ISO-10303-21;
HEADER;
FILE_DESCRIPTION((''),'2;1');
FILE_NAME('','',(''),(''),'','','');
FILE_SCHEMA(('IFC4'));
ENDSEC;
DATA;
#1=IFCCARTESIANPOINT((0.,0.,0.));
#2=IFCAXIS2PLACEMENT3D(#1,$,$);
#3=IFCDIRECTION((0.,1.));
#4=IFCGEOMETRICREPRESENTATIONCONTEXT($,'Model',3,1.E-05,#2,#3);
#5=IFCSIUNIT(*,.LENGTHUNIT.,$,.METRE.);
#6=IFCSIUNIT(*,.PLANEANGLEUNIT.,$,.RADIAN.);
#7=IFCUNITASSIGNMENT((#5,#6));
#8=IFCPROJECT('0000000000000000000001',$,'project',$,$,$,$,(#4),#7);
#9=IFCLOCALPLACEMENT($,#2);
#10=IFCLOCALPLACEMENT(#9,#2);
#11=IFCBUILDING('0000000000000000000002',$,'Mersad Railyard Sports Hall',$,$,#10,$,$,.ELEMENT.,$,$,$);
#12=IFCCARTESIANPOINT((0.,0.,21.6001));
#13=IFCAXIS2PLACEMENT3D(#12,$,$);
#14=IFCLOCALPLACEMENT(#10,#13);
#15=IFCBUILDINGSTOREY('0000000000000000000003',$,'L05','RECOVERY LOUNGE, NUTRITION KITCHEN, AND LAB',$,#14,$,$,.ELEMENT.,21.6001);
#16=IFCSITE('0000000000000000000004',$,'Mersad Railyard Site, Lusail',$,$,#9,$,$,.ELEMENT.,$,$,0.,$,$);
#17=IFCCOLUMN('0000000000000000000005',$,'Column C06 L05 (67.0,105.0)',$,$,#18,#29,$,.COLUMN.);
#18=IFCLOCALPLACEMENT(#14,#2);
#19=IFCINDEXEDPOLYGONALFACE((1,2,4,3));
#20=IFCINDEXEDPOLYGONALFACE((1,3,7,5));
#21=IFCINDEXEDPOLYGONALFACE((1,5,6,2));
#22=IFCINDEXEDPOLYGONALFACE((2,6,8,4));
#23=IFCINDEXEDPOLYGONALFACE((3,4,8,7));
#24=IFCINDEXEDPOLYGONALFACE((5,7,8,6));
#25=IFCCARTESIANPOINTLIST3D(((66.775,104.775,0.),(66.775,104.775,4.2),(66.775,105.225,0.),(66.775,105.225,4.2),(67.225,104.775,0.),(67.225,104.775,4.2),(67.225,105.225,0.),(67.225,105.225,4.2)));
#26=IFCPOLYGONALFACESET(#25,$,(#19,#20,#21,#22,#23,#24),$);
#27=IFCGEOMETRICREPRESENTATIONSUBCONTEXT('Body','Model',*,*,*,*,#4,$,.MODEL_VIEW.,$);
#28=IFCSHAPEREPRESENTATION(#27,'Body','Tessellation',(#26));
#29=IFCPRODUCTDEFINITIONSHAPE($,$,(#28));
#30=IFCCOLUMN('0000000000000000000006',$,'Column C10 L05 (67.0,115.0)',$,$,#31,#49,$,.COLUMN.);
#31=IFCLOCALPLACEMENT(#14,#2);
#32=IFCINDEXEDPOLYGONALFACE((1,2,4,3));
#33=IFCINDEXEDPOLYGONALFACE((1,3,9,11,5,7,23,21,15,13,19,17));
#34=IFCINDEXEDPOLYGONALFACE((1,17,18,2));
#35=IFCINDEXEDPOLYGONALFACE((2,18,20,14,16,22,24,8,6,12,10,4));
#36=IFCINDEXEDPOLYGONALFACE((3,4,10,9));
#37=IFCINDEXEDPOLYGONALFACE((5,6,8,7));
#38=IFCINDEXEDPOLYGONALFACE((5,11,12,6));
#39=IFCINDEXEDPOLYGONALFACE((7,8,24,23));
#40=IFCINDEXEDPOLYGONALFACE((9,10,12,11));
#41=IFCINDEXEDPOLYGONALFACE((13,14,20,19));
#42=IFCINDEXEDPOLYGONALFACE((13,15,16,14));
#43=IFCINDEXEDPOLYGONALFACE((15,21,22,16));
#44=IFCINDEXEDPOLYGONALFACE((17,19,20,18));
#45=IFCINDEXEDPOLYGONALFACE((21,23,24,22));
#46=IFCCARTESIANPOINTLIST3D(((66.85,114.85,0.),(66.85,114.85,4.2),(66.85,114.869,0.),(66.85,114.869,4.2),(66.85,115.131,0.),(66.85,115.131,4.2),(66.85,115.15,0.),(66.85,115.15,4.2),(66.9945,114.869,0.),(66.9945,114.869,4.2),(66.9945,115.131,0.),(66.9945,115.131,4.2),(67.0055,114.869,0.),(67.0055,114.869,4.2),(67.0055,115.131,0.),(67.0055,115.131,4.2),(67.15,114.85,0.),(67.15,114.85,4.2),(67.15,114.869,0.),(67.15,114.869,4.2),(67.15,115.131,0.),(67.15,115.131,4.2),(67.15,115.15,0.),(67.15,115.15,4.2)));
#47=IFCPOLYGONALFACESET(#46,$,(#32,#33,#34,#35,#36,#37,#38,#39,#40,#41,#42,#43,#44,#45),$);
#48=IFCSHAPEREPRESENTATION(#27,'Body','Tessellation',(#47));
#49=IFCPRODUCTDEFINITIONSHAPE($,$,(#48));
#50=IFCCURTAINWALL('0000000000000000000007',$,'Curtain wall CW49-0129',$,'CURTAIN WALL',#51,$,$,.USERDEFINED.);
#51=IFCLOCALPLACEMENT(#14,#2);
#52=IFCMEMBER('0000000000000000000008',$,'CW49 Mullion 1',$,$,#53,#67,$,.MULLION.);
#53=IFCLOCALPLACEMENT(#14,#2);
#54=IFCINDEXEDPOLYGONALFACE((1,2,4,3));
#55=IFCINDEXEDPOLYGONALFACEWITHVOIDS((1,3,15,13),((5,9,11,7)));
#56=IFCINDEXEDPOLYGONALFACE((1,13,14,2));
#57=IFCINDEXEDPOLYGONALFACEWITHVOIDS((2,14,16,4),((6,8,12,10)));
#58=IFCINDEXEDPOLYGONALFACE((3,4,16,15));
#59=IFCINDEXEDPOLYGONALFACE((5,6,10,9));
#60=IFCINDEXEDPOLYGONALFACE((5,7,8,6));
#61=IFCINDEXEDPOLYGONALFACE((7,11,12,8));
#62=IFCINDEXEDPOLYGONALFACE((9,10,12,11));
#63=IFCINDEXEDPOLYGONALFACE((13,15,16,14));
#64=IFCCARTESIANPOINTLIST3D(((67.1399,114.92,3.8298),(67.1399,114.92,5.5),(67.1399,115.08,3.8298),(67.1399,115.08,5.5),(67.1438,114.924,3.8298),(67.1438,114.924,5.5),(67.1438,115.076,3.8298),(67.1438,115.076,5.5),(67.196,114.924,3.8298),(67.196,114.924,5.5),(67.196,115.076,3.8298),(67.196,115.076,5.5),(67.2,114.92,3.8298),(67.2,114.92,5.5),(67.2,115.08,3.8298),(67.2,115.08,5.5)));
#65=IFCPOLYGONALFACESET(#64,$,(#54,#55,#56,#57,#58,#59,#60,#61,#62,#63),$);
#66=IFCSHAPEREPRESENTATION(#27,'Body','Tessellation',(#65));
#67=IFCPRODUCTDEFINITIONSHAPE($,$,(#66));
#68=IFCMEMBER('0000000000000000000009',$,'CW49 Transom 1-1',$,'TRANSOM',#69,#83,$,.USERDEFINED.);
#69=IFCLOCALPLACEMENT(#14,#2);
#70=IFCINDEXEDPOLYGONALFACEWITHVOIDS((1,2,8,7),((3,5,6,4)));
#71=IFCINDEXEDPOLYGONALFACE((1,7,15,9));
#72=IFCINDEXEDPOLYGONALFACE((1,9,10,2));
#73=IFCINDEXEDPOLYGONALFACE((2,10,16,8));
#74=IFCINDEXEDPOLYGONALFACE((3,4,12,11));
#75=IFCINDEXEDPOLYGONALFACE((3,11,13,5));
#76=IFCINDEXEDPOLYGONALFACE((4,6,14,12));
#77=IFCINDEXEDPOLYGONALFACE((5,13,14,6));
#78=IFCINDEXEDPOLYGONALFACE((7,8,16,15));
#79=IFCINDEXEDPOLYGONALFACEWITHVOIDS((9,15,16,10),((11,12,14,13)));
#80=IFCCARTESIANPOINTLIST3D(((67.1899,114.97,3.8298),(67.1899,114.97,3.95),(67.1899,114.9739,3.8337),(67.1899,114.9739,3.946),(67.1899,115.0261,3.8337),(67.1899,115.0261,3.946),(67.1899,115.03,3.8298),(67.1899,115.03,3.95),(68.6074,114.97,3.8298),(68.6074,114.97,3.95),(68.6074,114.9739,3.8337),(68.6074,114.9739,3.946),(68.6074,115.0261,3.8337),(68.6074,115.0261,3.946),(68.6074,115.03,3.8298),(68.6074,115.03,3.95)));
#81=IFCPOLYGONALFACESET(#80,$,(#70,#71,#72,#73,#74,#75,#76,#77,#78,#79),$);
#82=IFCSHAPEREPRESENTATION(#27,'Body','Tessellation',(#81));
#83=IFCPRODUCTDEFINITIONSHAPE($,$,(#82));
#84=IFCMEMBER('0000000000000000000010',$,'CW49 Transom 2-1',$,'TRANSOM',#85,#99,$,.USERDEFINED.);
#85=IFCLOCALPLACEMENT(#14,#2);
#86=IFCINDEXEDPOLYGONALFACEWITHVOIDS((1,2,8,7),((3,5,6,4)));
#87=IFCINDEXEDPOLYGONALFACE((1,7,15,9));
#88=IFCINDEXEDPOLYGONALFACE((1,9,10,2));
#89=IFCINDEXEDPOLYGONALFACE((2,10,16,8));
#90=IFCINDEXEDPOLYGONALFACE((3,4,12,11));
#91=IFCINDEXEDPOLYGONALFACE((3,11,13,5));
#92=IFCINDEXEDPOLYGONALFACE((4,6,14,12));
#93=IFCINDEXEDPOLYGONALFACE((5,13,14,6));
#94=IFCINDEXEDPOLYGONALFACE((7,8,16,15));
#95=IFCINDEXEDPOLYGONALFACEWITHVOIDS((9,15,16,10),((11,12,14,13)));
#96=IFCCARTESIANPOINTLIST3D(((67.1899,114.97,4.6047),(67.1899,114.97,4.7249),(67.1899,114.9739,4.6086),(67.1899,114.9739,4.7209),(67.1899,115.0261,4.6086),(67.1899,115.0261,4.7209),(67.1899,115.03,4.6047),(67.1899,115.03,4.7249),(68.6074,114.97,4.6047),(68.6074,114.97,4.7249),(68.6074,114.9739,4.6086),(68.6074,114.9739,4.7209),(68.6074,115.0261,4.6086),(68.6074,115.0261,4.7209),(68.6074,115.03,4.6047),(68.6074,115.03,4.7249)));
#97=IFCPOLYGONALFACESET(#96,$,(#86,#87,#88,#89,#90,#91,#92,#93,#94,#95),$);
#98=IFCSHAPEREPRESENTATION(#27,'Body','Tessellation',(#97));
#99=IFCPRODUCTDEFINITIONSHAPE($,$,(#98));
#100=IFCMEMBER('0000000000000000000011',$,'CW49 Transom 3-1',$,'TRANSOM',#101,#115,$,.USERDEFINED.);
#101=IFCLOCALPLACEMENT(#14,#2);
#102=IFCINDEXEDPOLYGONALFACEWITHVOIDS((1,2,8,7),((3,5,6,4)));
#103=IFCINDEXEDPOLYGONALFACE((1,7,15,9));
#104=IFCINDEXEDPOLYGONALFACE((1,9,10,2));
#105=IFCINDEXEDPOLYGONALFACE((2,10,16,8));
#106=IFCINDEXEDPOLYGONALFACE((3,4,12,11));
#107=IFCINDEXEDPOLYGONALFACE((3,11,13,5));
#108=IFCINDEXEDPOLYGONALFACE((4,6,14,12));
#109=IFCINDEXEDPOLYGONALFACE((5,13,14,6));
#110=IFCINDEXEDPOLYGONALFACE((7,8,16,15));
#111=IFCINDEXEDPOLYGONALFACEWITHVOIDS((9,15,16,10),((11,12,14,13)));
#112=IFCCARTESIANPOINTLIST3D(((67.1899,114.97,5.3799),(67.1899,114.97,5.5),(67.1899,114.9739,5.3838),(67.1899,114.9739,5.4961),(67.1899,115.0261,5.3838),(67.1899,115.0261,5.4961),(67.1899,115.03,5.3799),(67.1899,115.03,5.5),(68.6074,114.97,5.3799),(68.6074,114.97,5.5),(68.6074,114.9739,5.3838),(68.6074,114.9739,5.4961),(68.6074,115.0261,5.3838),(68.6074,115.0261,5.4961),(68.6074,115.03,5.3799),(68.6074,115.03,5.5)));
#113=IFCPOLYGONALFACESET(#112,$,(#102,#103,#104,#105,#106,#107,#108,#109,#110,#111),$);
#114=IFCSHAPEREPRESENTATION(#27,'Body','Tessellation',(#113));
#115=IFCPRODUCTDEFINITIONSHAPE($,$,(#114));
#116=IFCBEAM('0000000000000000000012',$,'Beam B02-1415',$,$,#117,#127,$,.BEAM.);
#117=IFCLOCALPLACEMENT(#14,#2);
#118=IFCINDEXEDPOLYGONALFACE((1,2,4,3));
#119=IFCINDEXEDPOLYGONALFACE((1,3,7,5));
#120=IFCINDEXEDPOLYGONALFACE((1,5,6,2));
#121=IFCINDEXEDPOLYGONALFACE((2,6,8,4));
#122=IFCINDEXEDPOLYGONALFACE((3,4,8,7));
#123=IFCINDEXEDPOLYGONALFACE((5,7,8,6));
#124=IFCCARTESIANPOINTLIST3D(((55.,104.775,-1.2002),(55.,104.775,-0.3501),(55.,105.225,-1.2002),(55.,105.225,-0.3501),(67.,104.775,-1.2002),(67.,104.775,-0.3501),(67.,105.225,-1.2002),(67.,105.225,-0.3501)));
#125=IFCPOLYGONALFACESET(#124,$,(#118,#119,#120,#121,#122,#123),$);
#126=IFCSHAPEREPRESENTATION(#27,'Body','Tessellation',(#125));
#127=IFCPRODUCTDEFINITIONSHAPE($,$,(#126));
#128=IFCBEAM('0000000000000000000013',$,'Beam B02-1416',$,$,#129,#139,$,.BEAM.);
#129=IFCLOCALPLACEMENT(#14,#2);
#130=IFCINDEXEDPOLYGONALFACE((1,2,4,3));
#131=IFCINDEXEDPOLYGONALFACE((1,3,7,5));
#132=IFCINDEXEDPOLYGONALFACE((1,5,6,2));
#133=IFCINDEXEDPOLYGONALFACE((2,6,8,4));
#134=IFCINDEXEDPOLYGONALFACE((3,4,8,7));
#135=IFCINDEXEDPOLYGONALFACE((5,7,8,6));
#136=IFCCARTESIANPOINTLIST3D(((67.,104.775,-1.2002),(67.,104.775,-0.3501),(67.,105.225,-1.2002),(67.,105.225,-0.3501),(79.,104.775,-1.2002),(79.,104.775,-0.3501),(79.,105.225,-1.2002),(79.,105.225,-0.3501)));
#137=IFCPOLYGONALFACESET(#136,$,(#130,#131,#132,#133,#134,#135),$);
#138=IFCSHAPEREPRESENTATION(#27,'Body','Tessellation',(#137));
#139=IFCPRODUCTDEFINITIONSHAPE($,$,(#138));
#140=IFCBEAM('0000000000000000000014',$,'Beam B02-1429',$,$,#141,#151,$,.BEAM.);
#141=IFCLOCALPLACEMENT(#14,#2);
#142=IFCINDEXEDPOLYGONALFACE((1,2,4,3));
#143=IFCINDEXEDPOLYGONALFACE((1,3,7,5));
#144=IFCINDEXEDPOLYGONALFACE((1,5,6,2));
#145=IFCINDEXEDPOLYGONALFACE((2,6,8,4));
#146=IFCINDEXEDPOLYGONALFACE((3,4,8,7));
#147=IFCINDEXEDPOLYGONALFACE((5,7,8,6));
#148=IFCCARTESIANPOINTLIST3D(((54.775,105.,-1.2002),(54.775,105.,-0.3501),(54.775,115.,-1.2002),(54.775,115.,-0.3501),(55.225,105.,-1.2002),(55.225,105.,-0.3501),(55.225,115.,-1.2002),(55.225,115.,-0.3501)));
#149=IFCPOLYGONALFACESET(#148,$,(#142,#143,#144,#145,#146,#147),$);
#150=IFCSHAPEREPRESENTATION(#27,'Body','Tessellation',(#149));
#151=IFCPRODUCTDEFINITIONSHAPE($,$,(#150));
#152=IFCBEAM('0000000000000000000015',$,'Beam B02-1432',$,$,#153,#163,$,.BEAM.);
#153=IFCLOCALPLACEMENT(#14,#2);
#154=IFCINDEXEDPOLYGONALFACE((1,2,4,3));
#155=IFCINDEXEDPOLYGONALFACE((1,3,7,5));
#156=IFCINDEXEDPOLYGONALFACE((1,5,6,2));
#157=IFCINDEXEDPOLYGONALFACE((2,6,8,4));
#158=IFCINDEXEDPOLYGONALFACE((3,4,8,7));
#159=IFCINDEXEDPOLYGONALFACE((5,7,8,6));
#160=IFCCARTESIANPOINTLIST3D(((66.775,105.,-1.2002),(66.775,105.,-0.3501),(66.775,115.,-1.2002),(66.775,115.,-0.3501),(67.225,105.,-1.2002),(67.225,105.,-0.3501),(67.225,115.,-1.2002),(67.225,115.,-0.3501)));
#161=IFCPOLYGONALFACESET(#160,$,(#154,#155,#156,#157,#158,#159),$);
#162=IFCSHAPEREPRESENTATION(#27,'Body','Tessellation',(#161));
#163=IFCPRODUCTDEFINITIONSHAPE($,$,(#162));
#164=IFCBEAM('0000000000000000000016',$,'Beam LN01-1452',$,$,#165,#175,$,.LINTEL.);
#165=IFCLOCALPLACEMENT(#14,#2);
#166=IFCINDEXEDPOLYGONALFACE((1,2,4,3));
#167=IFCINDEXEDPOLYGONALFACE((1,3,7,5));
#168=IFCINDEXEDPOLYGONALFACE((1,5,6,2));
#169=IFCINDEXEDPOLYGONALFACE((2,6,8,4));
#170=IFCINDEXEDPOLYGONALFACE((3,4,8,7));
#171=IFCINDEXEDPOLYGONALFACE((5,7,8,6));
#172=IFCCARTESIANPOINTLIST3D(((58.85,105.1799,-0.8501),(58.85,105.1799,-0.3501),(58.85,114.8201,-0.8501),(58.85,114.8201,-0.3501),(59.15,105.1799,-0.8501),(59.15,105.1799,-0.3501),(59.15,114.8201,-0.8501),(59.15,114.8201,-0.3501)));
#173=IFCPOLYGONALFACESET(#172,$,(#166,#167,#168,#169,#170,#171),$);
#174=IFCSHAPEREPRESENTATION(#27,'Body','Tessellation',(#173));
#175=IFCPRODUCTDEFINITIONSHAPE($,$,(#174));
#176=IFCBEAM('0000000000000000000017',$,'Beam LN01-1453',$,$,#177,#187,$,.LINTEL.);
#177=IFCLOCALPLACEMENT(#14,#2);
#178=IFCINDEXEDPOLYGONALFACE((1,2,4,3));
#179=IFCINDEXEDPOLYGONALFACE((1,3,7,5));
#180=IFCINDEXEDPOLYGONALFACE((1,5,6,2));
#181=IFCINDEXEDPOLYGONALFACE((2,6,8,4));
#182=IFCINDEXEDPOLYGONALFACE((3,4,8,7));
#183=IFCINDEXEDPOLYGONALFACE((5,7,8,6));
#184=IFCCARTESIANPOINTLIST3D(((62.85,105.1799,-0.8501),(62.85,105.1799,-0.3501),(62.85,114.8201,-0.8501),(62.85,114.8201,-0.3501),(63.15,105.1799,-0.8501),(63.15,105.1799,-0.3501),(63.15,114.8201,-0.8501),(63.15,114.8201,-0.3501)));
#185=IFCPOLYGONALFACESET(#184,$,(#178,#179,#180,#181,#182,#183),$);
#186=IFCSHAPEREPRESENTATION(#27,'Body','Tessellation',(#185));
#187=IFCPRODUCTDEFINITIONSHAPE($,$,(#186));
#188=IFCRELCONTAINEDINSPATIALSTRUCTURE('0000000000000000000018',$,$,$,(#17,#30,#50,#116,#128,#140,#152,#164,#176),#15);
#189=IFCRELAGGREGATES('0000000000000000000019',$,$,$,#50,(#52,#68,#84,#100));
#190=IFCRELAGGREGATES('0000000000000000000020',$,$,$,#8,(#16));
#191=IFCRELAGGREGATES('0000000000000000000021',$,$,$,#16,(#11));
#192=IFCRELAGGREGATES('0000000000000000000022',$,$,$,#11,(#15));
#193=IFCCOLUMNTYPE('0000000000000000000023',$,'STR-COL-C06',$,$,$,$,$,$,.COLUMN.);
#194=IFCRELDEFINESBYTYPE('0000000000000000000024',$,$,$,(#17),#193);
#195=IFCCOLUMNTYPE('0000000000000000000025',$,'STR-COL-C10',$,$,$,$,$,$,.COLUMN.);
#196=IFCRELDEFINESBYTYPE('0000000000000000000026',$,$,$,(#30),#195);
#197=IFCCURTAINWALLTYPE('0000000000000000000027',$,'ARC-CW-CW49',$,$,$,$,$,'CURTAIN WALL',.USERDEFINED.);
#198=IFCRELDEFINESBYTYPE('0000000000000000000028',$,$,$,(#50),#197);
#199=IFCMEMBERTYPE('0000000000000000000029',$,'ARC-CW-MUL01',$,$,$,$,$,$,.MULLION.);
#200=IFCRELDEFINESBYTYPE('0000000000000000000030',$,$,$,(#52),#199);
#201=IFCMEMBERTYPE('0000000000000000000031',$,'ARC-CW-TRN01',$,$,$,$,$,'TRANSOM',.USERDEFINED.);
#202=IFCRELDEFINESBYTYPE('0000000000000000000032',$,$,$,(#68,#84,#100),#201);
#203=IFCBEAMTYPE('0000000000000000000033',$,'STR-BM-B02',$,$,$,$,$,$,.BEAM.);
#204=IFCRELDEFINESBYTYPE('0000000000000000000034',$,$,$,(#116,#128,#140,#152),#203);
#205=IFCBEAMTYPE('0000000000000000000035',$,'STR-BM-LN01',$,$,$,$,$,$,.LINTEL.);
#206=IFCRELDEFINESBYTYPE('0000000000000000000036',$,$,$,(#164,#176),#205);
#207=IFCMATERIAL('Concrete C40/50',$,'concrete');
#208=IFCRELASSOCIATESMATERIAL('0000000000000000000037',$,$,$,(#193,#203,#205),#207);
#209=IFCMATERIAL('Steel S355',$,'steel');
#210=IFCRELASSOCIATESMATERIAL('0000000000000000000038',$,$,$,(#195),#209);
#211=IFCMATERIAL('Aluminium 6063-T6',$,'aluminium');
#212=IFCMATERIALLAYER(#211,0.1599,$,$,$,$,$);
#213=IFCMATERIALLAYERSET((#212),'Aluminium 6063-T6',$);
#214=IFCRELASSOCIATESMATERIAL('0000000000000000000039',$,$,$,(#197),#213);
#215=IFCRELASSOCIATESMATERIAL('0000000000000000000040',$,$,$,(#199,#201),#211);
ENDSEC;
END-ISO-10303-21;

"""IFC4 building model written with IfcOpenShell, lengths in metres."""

from ifc_helpers import new_model, si_unit, direction, frame, origin, origin_2d, place, context, subcontext, project, spatial, rectangle, hollow_rectangle, i_section, extrude, material, layer, layer_set, material_profile, profile_set, type_object, element, aggregate, save


model = new_model("IFC4")

# Units and contexts
model_context = context("Model", 3, precision=1e-05, world=origin(), true_north=direction((0.0, 1.0)))
body_context = subcontext(model_context, "Body", "Model", "MODEL_VIEW")
ifc_project = project(units=[si_unit("LENGTHUNIT", "METRE"), si_unit("PLANEANGLEUNIT", "RADIAN")], contexts=[model_context])

# Site, building, storey
site_placement = place(None, origin())
site = spatial("IfcSite", under=ifc_project, at=site_placement, Name="Mersad Railyard Site, Lusail", CompositionType="ELEMENT", RefElevation=0.0)
building_placement = place(site_placement, origin())
building = spatial("IfcBuilding", under=site, at=building_placement, Name="Mersad Railyard Sports Hall", CompositionType="ELEMENT")
storey_placement = place(building_placement, frame((0.0, 0.0, 21.6001)))
storey = spatial("IfcBuildingStorey", under=building, at=storey_placement, Name="L05", Description="RECOVERY LOUNGE, NUTRITION KITCHEN, AND LAB", CompositionType="ELEMENT", Elevation=21.6001)

# Columns
ifc_material_1 = material(Name="Concrete C40/50", Category="concrete")
ifc_material_profile_1 = material_profile(ifc_material_1, rectangle(XDim=0.45, YDim=0.45, at=origin_2d()), Name="RC 450x450")
ifc_profile_set_1 = profile_set([ifc_material_profile_1], Name="Concrete C40/50")
column_type_1 = type_object("IfcColumnType", Name="STR-COL-C06", PredefinedType="COLUMN", material=ifc_profile_set_1)
column_1_placement = place(storey_placement, frame((67.0, 105.0, 0.0), z_axis=(0.0, 0.0, 1.0), x_axis=(1.0, 0.0, 0.0)))
element("IfcColumn", 1, at=column_1_placement, inside=storey, type_object=column_type_1, Name="Column C06 L05 (67.0,105.0)", PredefinedType="COLUMN", context=body_context, shape_type="SweptSolid", body=[
    extrude(rectangle(XDim=0.45, YDim=0.45, at=origin_2d()), origin(), (0.0, 0.0, 1.0), 4.2),
])
ifc_material_2 = material(Name="Steel S355", Category="steel")
ifc_material_profile_2 = material_profile(ifc_material_2, i_section(OverallWidth=0.3, OverallDepth=0.3, WebThickness=0.011, FlangeThickness=0.019, at=origin_2d()), Name="HEB 300")
ifc_profile_set_2 = profile_set([ifc_material_profile_2], Name="Steel S355")
column_type_2 = type_object("IfcColumnType", Name="STR-COL-C10", PredefinedType="COLUMN", material=ifc_profile_set_2)
column_2_placement = place(storey_placement, frame((67.0, 115.0, 0.0), z_axis=(0.0, 0.0, 1.0), x_axis=(1.0, 0.0, 0.0)))
element("IfcColumn", 2, at=column_2_placement, inside=storey, type_object=column_type_2, Name="Column C10 L05 (67.0,115.0)", PredefinedType="COLUMN", context=body_context, shape_type="SweptSolid", body=[
    extrude(i_section(OverallWidth=0.3, OverallDepth=0.3, WebThickness=0.011, FlangeThickness=0.019, at=origin_2d()), origin(), (0.0, 0.0, 1.0), 4.2),
])

# Curtain wall, members
ifc_material_3 = material(Name="Aluminium 6063-T6", Category="aluminium")
ifc_layer_1 = layer(ifc_material_3, 0.1599)
ifc_layer_set_1 = layer_set([ifc_layer_1], Name="Aluminium 6063-T6")
curtain_wall_type = type_object("IfcCurtainWallType", Name="ARC-CW-CW49", ElementType="CURTAIN WALL", PredefinedType="USERDEFINED", material=ifc_layer_set_1)
curtain_wall_placement = place(storey_placement, origin())
curtain_wall = element("IfcCurtainWall", 3, at=curtain_wall_placement, inside=storey, type_object=curtain_wall_type, Name="Curtain wall CW49-0129", ObjectType="CURTAIN WALL", PredefinedType="USERDEFINED")
ifc_material_profile_3 = material_profile(ifc_material_3, hollow_rectangle(XDim=0.0601, YDim=0.1599, WallThickness=0.0039, at=origin_2d()), Name="AL MULLION 60x160x4")
ifc_profile_set_3 = profile_set([ifc_material_profile_3], Name="Aluminium 6063-T6")
member_type_1 = type_object("IfcMemberType", Name="ARC-CW-MUL01", PredefinedType="MULLION", material=ifc_profile_set_3)
member_1_placement = place(storey_placement, frame((67.1699, 115.0, 3.8298), z_axis=(0.0, 0.0, 1.0), x_axis=(1.0, 0.0, 0.0)))
member_1 = element("IfcMember", 4, at=member_1_placement, type_object=member_type_1, Name="CW49 Mullion 1", PredefinedType="MULLION", context=body_context, shape_type="SweptSolid", body=[
    extrude(hollow_rectangle(XDim=0.0601, YDim=0.1599, WallThickness=0.0039, at=origin_2d()), origin(), (0.0, 0.0, 1.0), 1.6702),
])
ifc_material_profile_4 = material_profile(ifc_material_3, hollow_rectangle(XDim=0.0601, YDim=0.1201, WallThickness=0.0039, at=origin_2d()), Name="AL TRANSOM 60x120x4")
ifc_profile_set_4 = profile_set([ifc_material_profile_4], Name="Aluminium 6063-T6")
member_type_2 = type_object("IfcMemberType", Name="ARC-CW-TRN01", ElementType="TRANSOM", PredefinedType="USERDEFINED", material=ifc_profile_set_4)
member_2_placement = place(storey_placement, frame((67.1899, 115.0, 3.8899), z_axis=(1.0, 0.0, 0.0), x_axis=(0.0, 1.0, 0.0)))
member_2 = element("IfcMember", 5, at=member_2_placement, type_object=member_type_2, Name="CW49 Transom 1-1", ObjectType="TRANSOM", PredefinedType="USERDEFINED", context=body_context, shape_type="SweptSolid", body=[
    extrude(hollow_rectangle(XDim=0.0601, YDim=0.1201, WallThickness=0.0039, at=origin_2d()), origin(), (0.0, 0.0, 1.0), 1.4175),
])
member_3_placement = place(storey_placement, frame((67.1899, 115.0, 4.6648), z_axis=(1.0, 0.0, 0.0), x_axis=(0.0, 1.0, 0.0)))
member_3 = element("IfcMember", 6, at=member_3_placement, type_object=member_type_2, Name="CW49 Transom 2-1", ObjectType="TRANSOM", PredefinedType="USERDEFINED", context=body_context, shape_type="SweptSolid", body=[
    extrude(hollow_rectangle(XDim=0.0601, YDim=0.1201, WallThickness=0.0039, at=origin_2d()), origin(), (0.0, 0.0, 1.0), 1.4175),
])
member_4_placement = place(storey_placement, frame((67.1899, 115.0, 5.4399), z_axis=(1.0, 0.0, 0.0), x_axis=(0.0, 1.0, 0.0)))
member_4 = element("IfcMember", 7, at=member_4_placement, type_object=member_type_2, Name="CW49 Transom 3-1", ObjectType="TRANSOM", PredefinedType="USERDEFINED", context=body_context, shape_type="SweptSolid", body=[
    extrude(hollow_rectangle(XDim=0.0601, YDim=0.1201, WallThickness=0.0039, at=origin_2d()), origin(), (0.0, 0.0, 1.0), 1.4175),
])
aggregate(curtain_wall, [member_1, member_2, member_3, member_4])

# Beams
ifc_material_profile_5 = material_profile(ifc_material_1, rectangle(XDim=0.45, YDim=0.8501, at=origin_2d()), Name="RC 450x850")
ifc_profile_set_5 = profile_set([ifc_material_profile_5], Name="Concrete C40/50")
beam_type_1 = type_object("IfcBeamType", Name="STR-BM-B02", PredefinedType="BEAM", material=ifc_profile_set_5)
for number, where, z_axis, x_axis, name in (
    (8, (55.0, 105.0, -0.7751), (1.0, 0.0, 0.0), (0.0, 1.0, 0.0), "Beam B02-1415"),
    (9, (67.0, 105.0, -0.7751), (1.0, 0.0, 0.0), (0.0, 1.0, 0.0), "Beam B02-1416"),
):
    element("IfcBeam", number, at=place(storey_placement, frame(where, z_axis=z_axis, x_axis=x_axis)), inside=storey, type_object=beam_type_1, Name=name, PredefinedType="BEAM", context=body_context, shape_type="SweptSolid", body=[
        extrude(rectangle(XDim=0.45, YDim=0.8501, at=origin_2d()), origin(), (0.0, 0.0, 1.0), 12.0),
    ])
for number, where, z_axis, x_axis, name in (
    (10, (55.0, 105.0, -0.7751), (0.0, 1.0, 0.0), (-1.0, 0.0, 0.0), "Beam B02-1429"),
    (11, (67.0, 105.0, -0.7751), (0.0, 1.0, 0.0), (-1.0, 0.0, 0.0), "Beam B02-1432"),
):
    element("IfcBeam", number, at=place(storey_placement, frame(where, z_axis=z_axis, x_axis=x_axis)), inside=storey, type_object=beam_type_1, Name=name, PredefinedType="BEAM", context=body_context, shape_type="SweptSolid", body=[
        extrude(rectangle(XDim=0.45, YDim=0.8501, at=origin_2d()), origin(), (0.0, 0.0, 1.0), 10.0),
    ])
ifc_material_profile_6 = material_profile(ifc_material_1, rectangle(XDim=0.3, YDim=0.5, at=origin_2d()), Name="RC 300x500")
ifc_profile_set_6 = profile_set([ifc_material_profile_6], Name="Concrete C40/50")
beam_type_2 = type_object("IfcBeamType", Name="STR-BM-LN01", PredefinedType="LINTEL", material=ifc_profile_set_6)
for number, where, z_axis, x_axis, name in (
    (12, (59.0, 105.1799, -0.6001), (0.0, 1.0, 0.0), (-1.0, 0.0, 0.0), "Beam LN01-1452"),
    (13, (63.0, 105.1799, -0.6001), (0.0, 1.0, 0.0), (-1.0, 0.0, 0.0), "Beam LN01-1453"),
):
    element("IfcBeam", number, at=place(storey_placement, frame(where, z_axis=z_axis, x_axis=x_axis)), inside=storey, type_object=beam_type_2, Name=name, PredefinedType="LINTEL", context=body_context, shape_type="SweptSolid", body=[
        extrude(rectangle(XDim=0.3, YDim=0.5, at=origin_2d()), origin(), (0.0, 0.0, 1.0), 9.6401),
    ])

save(model, "model.ifc")
